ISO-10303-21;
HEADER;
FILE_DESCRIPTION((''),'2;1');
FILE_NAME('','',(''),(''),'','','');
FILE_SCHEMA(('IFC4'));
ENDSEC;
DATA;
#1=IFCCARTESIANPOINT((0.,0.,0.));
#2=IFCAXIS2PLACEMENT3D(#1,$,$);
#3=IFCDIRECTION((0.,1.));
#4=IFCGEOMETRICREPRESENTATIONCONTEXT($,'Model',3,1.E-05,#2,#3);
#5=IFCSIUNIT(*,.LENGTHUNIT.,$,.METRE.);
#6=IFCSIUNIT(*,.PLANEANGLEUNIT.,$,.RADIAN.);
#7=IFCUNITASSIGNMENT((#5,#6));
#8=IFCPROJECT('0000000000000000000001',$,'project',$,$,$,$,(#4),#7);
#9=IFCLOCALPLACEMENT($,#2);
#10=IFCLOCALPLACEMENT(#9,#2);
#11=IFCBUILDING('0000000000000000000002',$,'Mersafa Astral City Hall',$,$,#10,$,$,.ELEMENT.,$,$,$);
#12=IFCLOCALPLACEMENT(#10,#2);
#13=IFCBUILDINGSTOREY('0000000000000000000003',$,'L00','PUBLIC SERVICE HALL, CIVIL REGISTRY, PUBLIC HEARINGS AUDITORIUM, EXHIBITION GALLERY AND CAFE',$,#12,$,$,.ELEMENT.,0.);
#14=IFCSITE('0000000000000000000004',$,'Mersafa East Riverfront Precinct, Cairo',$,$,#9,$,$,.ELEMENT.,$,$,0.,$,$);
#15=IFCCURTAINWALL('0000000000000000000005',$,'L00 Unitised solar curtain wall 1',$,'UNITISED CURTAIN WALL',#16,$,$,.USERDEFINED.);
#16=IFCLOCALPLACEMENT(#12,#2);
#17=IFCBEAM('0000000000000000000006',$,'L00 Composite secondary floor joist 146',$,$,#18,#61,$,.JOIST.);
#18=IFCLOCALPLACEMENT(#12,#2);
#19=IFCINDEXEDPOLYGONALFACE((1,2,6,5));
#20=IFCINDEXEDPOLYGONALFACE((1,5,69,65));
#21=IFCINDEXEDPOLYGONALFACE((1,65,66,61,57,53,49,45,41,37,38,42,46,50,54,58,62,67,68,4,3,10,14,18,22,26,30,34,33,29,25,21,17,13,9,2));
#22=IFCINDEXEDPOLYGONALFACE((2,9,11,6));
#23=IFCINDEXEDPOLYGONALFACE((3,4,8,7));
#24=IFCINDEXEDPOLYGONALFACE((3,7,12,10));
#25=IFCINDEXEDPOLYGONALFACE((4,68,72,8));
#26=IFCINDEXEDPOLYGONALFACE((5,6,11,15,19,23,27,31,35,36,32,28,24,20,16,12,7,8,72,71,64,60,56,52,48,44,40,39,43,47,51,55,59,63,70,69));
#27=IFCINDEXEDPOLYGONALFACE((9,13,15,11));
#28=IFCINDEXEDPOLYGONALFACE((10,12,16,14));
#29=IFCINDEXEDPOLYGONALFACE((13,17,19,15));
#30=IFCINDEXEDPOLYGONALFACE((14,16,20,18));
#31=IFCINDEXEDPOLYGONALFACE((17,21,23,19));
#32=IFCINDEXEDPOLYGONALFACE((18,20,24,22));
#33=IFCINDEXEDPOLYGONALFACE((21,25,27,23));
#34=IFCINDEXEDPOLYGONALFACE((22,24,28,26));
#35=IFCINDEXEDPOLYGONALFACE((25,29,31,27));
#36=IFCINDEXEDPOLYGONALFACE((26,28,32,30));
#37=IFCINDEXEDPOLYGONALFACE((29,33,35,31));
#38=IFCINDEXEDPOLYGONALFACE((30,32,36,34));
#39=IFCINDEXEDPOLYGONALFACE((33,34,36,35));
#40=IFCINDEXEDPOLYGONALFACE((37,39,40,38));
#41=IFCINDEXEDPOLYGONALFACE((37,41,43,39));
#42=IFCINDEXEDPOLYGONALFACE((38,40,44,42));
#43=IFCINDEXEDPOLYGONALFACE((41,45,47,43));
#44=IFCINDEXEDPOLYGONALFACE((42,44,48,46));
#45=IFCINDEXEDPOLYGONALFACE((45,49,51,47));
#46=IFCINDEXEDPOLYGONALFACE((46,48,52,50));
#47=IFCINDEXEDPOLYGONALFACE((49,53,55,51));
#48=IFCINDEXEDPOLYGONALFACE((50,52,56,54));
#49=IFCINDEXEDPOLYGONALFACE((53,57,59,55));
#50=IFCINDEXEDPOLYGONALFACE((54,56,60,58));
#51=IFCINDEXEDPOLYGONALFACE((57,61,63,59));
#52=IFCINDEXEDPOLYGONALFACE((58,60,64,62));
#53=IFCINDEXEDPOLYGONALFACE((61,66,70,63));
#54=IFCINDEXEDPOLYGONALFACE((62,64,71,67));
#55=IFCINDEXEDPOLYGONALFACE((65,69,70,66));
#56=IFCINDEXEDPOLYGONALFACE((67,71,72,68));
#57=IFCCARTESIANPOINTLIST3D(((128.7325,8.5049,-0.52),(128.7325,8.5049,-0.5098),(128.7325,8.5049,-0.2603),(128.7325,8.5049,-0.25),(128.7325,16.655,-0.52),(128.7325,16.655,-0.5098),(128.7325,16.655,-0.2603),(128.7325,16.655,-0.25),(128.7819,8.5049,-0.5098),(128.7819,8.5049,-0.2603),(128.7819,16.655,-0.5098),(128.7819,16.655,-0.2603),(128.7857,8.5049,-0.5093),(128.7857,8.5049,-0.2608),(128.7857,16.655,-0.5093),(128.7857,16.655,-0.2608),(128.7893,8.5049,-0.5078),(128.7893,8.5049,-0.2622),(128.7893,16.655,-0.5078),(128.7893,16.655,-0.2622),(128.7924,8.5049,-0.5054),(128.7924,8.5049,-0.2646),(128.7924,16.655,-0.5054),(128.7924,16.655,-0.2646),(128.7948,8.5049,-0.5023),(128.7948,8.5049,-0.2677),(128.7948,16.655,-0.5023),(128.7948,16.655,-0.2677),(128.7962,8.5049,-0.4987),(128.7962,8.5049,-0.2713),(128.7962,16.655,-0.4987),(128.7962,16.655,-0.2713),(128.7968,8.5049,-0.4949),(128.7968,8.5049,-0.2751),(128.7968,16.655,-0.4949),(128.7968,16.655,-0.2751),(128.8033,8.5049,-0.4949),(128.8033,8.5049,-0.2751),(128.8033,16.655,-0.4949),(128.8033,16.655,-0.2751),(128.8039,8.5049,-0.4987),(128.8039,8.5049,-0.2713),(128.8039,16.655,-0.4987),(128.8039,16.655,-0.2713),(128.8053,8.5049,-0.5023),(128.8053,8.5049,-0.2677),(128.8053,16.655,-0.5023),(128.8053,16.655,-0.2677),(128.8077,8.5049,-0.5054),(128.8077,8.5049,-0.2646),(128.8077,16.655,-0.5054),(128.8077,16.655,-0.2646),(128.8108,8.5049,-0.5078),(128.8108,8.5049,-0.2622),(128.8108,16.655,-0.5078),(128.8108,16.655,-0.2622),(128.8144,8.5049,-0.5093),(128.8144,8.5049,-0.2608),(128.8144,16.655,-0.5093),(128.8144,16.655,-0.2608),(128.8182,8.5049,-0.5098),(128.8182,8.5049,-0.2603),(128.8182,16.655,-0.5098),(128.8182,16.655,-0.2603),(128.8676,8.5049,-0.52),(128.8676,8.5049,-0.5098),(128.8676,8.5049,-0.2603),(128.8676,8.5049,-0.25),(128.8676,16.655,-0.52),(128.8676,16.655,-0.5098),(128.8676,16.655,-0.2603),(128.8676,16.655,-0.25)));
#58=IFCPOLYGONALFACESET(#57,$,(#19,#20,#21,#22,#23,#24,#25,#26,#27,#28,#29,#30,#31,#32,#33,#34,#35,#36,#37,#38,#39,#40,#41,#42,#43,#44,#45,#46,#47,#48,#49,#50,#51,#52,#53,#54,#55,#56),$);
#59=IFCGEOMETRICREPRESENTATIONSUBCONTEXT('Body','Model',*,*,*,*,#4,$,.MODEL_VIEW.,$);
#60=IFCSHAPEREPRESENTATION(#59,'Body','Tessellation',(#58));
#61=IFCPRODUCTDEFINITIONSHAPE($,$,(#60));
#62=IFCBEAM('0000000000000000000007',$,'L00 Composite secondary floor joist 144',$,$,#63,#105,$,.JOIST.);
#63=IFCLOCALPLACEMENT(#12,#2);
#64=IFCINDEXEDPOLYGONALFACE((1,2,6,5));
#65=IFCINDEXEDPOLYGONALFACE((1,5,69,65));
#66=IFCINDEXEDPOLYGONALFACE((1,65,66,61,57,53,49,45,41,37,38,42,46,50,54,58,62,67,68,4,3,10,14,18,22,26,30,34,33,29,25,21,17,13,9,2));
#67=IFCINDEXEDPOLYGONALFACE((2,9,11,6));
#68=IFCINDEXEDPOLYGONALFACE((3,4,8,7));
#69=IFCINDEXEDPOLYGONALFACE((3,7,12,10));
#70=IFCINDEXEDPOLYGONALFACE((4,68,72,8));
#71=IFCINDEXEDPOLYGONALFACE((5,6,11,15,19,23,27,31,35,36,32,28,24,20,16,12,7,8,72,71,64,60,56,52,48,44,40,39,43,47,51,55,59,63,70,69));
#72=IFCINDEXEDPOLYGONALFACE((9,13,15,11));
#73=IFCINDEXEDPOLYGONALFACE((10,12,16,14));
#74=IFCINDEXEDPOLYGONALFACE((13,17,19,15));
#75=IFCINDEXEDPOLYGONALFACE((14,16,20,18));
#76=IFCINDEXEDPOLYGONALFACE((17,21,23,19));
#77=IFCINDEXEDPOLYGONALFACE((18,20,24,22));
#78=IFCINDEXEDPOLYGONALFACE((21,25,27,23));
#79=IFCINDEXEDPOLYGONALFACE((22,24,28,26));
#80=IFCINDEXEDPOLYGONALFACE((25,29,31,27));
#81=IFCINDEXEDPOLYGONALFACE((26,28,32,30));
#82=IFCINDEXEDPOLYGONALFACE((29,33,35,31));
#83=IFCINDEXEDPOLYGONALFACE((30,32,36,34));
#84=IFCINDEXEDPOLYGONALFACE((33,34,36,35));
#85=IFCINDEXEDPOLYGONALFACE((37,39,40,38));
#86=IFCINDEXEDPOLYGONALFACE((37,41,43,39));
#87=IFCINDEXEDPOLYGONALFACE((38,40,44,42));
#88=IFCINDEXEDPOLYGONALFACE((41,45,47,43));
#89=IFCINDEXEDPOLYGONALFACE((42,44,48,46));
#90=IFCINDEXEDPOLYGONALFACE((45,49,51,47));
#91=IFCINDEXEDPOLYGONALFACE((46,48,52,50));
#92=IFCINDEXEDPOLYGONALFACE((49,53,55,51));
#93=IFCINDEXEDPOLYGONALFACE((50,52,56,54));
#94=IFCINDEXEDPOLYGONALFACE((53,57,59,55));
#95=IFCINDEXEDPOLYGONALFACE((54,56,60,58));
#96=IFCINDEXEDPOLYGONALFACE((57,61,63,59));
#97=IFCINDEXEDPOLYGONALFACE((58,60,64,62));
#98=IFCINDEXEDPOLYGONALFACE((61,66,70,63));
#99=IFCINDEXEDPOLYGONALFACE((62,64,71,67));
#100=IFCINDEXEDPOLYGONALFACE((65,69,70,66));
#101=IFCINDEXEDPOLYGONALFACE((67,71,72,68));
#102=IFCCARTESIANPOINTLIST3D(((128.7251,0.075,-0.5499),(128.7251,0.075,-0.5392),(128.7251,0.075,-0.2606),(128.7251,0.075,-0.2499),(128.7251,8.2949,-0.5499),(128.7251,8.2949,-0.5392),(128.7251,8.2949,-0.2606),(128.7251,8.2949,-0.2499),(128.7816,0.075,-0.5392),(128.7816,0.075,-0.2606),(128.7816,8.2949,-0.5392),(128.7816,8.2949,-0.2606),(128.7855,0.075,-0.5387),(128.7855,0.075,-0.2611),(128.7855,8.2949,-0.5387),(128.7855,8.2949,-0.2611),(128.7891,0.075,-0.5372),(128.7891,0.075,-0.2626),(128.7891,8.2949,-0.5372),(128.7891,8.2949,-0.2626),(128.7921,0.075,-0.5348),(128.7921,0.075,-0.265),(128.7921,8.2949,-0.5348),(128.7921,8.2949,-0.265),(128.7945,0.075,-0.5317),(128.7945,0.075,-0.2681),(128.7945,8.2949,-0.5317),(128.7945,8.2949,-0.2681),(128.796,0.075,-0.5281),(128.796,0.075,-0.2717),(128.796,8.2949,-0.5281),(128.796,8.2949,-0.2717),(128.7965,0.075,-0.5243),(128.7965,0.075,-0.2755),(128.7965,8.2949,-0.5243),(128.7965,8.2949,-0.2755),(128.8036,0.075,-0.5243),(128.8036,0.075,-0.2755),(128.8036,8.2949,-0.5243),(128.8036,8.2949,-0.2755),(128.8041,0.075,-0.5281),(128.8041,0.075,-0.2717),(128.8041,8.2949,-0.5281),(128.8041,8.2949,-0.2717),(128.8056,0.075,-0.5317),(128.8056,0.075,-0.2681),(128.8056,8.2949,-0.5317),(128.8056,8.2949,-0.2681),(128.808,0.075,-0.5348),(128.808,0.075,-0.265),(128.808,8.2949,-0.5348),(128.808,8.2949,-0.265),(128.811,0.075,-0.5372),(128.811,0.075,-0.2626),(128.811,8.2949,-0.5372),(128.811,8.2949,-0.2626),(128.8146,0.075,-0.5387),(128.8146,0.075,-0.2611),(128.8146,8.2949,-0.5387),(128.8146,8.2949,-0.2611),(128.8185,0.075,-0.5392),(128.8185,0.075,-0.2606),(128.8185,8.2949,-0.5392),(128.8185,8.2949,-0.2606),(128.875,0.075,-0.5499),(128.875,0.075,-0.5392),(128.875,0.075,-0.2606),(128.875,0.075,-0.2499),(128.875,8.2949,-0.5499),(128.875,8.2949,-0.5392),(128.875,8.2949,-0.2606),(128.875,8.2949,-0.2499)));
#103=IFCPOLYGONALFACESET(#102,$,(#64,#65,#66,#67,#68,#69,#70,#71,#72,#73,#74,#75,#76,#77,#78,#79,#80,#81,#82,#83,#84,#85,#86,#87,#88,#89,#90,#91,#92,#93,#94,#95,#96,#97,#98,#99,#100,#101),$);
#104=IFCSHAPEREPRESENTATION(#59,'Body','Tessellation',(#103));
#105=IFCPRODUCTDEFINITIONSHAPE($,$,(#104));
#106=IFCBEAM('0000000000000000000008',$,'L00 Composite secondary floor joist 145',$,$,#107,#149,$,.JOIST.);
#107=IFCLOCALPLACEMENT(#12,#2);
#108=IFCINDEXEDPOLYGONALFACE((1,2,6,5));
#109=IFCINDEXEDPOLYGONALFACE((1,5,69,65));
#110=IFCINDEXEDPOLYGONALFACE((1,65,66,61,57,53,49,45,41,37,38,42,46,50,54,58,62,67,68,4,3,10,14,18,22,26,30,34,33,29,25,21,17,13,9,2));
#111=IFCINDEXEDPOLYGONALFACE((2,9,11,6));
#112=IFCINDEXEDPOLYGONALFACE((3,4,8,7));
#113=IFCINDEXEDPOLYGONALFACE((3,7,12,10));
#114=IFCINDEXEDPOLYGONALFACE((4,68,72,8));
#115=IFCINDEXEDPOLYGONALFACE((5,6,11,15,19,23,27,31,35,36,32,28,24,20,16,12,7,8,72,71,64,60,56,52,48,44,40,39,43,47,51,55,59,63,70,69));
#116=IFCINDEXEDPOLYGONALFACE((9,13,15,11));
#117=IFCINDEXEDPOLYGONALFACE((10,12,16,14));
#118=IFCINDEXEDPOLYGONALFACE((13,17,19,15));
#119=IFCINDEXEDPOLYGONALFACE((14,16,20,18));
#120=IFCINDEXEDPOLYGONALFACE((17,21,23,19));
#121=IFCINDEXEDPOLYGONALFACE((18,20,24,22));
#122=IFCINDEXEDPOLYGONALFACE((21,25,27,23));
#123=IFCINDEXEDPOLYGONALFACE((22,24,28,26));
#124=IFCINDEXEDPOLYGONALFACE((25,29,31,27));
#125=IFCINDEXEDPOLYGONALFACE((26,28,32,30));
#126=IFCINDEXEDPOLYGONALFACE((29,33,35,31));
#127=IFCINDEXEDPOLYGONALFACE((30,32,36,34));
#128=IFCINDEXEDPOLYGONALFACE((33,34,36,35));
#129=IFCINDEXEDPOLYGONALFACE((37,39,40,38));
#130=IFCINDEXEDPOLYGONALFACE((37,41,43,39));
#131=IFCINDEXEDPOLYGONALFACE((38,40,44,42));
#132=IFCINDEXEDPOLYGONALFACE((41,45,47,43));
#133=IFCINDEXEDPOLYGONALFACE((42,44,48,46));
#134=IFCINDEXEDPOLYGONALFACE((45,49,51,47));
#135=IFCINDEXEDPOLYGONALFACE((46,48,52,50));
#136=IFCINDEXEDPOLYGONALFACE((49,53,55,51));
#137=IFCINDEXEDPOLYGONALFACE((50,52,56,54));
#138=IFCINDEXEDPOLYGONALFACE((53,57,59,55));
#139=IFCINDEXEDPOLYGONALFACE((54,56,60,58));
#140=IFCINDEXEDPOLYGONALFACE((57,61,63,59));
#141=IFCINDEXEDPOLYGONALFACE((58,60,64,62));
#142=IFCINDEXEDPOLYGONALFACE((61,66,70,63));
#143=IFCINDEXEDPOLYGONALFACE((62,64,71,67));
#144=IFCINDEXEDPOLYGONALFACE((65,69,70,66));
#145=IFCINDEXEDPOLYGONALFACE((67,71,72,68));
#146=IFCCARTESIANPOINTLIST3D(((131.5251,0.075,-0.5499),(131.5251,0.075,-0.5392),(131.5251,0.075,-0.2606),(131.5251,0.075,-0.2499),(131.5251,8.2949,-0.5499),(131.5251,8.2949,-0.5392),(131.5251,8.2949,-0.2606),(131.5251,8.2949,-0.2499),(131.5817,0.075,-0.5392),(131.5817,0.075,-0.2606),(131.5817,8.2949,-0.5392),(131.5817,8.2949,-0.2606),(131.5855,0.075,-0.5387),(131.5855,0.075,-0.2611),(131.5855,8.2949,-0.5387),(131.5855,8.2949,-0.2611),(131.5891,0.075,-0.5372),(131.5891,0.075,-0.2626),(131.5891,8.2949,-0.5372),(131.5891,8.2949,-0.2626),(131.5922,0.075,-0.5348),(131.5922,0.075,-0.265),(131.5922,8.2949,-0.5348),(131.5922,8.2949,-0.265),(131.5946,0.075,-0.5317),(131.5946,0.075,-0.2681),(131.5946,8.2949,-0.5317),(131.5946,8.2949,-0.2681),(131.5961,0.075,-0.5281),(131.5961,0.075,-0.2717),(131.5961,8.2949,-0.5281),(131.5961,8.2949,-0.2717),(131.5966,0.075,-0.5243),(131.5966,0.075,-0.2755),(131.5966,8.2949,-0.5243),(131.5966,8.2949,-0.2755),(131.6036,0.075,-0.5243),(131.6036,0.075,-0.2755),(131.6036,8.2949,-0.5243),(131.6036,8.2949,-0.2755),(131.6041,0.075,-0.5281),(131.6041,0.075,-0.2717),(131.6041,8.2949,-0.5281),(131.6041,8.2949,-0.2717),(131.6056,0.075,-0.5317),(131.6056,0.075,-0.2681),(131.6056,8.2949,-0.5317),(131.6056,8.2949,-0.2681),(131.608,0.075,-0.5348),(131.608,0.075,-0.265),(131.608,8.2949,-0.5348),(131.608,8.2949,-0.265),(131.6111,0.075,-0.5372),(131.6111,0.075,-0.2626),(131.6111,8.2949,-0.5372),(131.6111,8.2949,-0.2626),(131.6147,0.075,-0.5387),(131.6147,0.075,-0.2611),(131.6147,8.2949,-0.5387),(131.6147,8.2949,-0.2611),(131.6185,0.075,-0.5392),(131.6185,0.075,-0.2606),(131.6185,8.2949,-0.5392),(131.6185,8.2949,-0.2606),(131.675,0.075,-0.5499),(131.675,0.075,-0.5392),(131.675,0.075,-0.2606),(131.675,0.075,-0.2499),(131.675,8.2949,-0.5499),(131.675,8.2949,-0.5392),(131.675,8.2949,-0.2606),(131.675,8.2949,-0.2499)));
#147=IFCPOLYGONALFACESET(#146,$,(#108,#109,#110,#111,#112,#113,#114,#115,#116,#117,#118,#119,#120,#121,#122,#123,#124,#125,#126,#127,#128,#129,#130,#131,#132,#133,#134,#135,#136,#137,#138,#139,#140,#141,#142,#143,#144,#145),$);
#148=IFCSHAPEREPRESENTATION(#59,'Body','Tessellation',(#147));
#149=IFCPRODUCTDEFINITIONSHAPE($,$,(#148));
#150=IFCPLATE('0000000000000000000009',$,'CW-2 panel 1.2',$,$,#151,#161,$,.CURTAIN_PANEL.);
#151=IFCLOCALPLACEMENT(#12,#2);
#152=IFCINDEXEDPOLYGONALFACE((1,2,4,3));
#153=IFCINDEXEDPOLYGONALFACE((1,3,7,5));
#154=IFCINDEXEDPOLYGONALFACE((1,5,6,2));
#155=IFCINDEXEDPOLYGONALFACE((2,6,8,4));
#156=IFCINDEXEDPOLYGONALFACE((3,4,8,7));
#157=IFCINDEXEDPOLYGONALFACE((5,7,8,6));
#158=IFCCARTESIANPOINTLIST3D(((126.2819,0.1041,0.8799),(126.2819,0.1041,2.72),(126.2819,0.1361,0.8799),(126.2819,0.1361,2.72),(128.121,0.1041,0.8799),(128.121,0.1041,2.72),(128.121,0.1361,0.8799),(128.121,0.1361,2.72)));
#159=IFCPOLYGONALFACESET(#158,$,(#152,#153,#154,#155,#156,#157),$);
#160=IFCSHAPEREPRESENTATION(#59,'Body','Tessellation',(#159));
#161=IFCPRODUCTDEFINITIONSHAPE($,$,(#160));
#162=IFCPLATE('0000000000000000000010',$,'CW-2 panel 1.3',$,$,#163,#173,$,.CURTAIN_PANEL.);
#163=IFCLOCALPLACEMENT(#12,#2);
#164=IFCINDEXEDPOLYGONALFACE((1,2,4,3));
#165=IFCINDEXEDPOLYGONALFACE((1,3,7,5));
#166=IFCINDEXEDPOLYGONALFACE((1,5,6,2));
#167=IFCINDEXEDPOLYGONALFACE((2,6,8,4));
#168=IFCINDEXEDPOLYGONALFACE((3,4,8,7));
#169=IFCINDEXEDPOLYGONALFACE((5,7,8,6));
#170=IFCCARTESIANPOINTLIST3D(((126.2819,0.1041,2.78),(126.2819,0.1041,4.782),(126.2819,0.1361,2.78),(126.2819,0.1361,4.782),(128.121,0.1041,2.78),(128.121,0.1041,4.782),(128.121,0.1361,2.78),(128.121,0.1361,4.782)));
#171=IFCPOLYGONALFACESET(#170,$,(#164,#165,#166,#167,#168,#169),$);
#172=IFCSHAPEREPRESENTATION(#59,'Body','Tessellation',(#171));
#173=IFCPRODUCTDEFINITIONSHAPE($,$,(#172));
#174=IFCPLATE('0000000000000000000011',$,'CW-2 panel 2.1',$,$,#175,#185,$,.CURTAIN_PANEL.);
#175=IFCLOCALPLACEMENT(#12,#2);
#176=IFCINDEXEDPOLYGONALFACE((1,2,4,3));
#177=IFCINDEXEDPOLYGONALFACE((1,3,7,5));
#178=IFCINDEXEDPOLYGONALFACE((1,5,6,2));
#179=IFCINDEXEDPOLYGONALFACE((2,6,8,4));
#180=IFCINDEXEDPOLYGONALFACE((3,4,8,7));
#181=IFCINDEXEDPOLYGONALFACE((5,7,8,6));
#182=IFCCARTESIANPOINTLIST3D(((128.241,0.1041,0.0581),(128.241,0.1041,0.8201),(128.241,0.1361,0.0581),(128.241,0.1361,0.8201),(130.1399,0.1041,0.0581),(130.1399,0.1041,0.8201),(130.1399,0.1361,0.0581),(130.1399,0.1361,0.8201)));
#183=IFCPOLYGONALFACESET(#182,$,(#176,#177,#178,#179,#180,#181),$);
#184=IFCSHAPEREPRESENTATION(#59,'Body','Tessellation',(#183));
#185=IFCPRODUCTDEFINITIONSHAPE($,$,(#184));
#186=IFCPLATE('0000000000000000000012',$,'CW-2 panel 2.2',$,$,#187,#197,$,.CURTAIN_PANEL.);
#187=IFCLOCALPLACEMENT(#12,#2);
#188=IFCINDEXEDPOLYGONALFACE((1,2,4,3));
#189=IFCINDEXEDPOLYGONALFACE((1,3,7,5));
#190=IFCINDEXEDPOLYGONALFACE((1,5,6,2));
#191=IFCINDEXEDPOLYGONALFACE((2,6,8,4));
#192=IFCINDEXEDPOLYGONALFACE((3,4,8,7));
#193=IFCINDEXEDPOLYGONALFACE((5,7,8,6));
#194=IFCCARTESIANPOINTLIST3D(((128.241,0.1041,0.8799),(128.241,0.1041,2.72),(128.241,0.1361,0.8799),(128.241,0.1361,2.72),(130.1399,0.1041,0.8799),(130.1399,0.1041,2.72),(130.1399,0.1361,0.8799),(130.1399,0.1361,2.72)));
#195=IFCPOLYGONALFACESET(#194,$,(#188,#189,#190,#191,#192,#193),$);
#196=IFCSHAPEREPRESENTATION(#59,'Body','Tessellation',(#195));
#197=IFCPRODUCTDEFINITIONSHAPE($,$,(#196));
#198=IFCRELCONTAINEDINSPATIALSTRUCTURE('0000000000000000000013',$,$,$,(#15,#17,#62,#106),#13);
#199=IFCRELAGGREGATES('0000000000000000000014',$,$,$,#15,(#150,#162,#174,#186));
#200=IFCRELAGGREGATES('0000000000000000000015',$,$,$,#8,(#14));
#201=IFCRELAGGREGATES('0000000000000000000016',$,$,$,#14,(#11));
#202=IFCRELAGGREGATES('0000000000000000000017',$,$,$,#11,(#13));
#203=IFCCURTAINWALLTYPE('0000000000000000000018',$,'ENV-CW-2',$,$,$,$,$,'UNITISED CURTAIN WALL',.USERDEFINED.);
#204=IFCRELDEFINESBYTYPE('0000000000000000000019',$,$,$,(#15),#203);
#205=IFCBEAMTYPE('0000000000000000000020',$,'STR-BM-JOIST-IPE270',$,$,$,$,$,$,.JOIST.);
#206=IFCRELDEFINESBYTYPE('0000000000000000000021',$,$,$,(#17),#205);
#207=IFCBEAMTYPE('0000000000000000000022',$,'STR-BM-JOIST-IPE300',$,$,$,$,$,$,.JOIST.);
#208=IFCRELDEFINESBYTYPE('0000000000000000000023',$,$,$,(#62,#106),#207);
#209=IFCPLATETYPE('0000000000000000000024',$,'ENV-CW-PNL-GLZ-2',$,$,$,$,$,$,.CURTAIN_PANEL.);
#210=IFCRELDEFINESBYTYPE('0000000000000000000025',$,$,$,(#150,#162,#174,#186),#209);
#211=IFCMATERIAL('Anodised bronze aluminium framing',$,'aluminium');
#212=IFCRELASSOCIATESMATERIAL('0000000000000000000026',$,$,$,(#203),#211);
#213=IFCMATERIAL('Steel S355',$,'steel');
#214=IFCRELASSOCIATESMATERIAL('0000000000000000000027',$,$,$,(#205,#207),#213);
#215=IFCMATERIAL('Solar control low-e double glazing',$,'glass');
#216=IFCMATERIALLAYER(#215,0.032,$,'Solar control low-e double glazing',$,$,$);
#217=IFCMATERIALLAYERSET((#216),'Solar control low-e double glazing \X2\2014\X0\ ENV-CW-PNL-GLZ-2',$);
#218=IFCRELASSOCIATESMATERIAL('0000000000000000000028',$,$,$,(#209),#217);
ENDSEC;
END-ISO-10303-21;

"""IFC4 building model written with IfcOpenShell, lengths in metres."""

from ifc_helpers import new_model, si_unit, direction, frame, origin, origin_2d, place, context, subcontext, project, spatial, rectangle, i_section, extrude, material, layer, layer_set, material_profile, profile_set, type_object, element, aggregate, save


model = new_model("IFC4")

# Units and contexts
model_context = context("Model", 3, precision=1e-05, world=origin(), true_north=direction((0.0, 1.0)))
body_context = subcontext(model_context, "Body", "Model", "MODEL_VIEW")
ifc_project = project(units=[si_unit("LENGTHUNIT", "METRE"), si_unit("PLANEANGLEUNIT", "RADIAN")], contexts=[model_context])

# Site, building, storey
site_placement = place(None, origin())
site = spatial("IfcSite", under=ifc_project, at=site_placement, Name="Mersafa East Riverfront Precinct, Cairo", CompositionType="ELEMENT", RefElevation=0.0)
building_placement = place(site_placement, origin())
building = spatial("IfcBuilding", under=site, at=building_placement, Name="Mersafa Astral City Hall", CompositionType="ELEMENT")
storey_placement = place(building_placement, origin())
storey = spatial("IfcBuildingStorey", under=building, at=storey_placement, Name="L00", Description="PUBLIC SERVICE HALL, CIVIL REGISTRY, PUBLIC HEARINGS AUDITORIUM, EXHIBITION GALLERY AND CAFE", CompositionType="ELEMENT", Elevation=0.0)

# Curtain wall
ifc_material_1 = material(Name="Anodised bronze aluminium framing", Category="aluminium")
curtain_wall_type = type_object("IfcCurtainWallType", Name="ENV-CW-2", ElementType="UNITISED CURTAIN WALL", PredefinedType="USERDEFINED", material=ifc_material_1)
curtain_wall_placement = place(storey_placement, origin())
curtain_wall = element("IfcCurtainWall", 1, at=curtain_wall_placement, inside=storey, type_object=curtain_wall_type, Name="L00 Unitised solar curtain wall 1", ObjectType="UNITISED CURTAIN WALL", PredefinedType="USERDEFINED")

# Beams
ifc_material_2 = material(Name="Steel S355", Category="steel")
ifc_material_profile_1 = material_profile(ifc_material_2, i_section(OverallWidth=0.135, OverallDepth=0.27, WebThickness=0.0066, FlangeThickness=0.0103, FilletRadius=0.0149, at=origin_2d()), Name="IPE 270")
ifc_profile_set_1 = profile_set([ifc_material_profile_1], Name="Steel S355")
beam_type_1 = type_object("IfcBeamType", Name="STR-BM-JOIST-IPE270", PredefinedType="JOIST", material=ifc_profile_set_1)
beam_placement = place(storey_placement, frame((128.8, 8.5049, -0.385), z_axis=(0.0, 1.0, 0.0), x_axis=(-1.0, 0.0, 0.0)))
element("IfcBeam", 2, at=beam_placement, inside=storey, type_object=beam_type_1, Name="L00 Composite secondary floor joist 146", PredefinedType="JOIST", context=body_context, shape_type="SweptSolid", body=[
    extrude(i_section(OverallWidth=0.135, OverallDepth=0.27, WebThickness=0.0066, FlangeThickness=0.0103, FilletRadius=0.0149, at=origin_2d()), origin(), (0.0, 0.0, 1.0), 8.1501),
])
ifc_material_profile_2 = material_profile(ifc_material_2, i_section(OverallWidth=0.1499, OverallDepth=0.3, WebThickness=0.0071, FlangeThickness=0.0107, FilletRadius=0.0149, at=origin_2d()), Name="IPE 300")
ifc_profile_set_2 = profile_set([ifc_material_profile_2], Name="Steel S355")
beam_type_2 = type_object("IfcBeamType", Name="STR-BM-JOIST-IPE300", PredefinedType="JOIST", material=ifc_profile_set_2)
for number, where, z_axis, x_axis, name in (
    (3, (128.8, 0.075, -0.3999), (0.0, 1.0, 0.0), (-1.0, 0.0, 0.0), "L00 Composite secondary floor joist 144"),
    (4, (131.6001, 0.075, -0.3999), (0.0, 1.0, 0.0), (-1.0, 0.0, 0.0), "L00 Composite secondary floor joist 145"),
):
    element("IfcBeam", number, at=place(storey_placement, frame(where, z_axis=z_axis, x_axis=x_axis)), inside=storey, type_object=beam_type_2, Name=name, PredefinedType="JOIST", context=body_context, shape_type="SweptSolid", body=[
        extrude(i_section(OverallWidth=0.1499, OverallDepth=0.3, WebThickness=0.0071, FlangeThickness=0.0107, FilletRadius=0.0149, at=origin_2d()), origin(), (0.0, 0.0, 1.0), 8.22),
    ])

# Plates
ifc_material_3 = material(Name="Solar control low-e double glazing", Category="glass")
ifc_layer = layer(ifc_material_3, 0.032, Name="Solar control low-e double glazing")
ifc_layer_set = layer_set([ifc_layer], Name="Solar control low-e double glazing — ENV-CW-PNL-GLZ-2")
plate_type = type_object("IfcPlateType", Name="ENV-CW-PNL-GLZ-2", PredefinedType="CURTAIN_PANEL", material=ifc_layer_set)
plate_1_placement = place(storey_placement, frame((127.2014, 0.1201, 0.8799), z_axis=(0.0, 0.0, 1.0), x_axis=(1.0, 0.0, 0.0)))
plate_1 = element("IfcPlate", 5, at=plate_1_placement, type_object=plate_type, Name="CW-2 panel 1.2", PredefinedType="CURTAIN_PANEL", context=body_context, shape_type="SweptSolid", body=[
    extrude(rectangle(XDim=1.8391, YDim=0.032, at=origin_2d()), origin(), (0.0, 0.0, 1.0), 1.8401),
])
plate_2_placement = place(storey_placement, frame((127.2014, 0.1201, 2.78), z_axis=(0.0, 0.0, 1.0), x_axis=(1.0, 0.0, 0.0)))
plate_2 = element("IfcPlate", 6, at=plate_2_placement, type_object=plate_type, Name="CW-2 panel 1.3", PredefinedType="CURTAIN_PANEL", context=body_context, shape_type="SweptSolid", body=[
    extrude(rectangle(XDim=1.8391, YDim=0.032, at=origin_2d()), origin(), (0.0, 0.0, 1.0), 2.002),
])
plate_3_placement = place(storey_placement, frame((129.1904, 0.1201, 0.0581), z_axis=(0.0, 0.0, 1.0), x_axis=(1.0, 0.0, 0.0)))
plate_3 = element("IfcPlate", 7, at=plate_3_placement, type_object=plate_type, Name="CW-2 panel 2.1", PredefinedType="CURTAIN_PANEL", context=body_context, shape_type="SweptSolid", body=[
    extrude(rectangle(XDim=1.8989, YDim=0.032, at=origin_2d()), origin(), (0.0, 0.0, 1.0), 0.762),
])
plate_4_placement = place(storey_placement, frame((129.1904, 0.1201, 0.8799), z_axis=(0.0, 0.0, 1.0), x_axis=(1.0, 0.0, 0.0)))
plate_4 = element("IfcPlate", 8, at=plate_4_placement, type_object=plate_type, Name="CW-2 panel 2.2", PredefinedType="CURTAIN_PANEL", context=body_context, shape_type="SweptSolid", body=[
    extrude(rectangle(XDim=1.8989, YDim=0.032, at=origin_2d()), origin(), (0.0, 0.0, 1.0), 1.8401),
])
aggregate(curtain_wall, [plate_1, plate_2, plate_3, plate_4])

save(model, "model.ifc")
